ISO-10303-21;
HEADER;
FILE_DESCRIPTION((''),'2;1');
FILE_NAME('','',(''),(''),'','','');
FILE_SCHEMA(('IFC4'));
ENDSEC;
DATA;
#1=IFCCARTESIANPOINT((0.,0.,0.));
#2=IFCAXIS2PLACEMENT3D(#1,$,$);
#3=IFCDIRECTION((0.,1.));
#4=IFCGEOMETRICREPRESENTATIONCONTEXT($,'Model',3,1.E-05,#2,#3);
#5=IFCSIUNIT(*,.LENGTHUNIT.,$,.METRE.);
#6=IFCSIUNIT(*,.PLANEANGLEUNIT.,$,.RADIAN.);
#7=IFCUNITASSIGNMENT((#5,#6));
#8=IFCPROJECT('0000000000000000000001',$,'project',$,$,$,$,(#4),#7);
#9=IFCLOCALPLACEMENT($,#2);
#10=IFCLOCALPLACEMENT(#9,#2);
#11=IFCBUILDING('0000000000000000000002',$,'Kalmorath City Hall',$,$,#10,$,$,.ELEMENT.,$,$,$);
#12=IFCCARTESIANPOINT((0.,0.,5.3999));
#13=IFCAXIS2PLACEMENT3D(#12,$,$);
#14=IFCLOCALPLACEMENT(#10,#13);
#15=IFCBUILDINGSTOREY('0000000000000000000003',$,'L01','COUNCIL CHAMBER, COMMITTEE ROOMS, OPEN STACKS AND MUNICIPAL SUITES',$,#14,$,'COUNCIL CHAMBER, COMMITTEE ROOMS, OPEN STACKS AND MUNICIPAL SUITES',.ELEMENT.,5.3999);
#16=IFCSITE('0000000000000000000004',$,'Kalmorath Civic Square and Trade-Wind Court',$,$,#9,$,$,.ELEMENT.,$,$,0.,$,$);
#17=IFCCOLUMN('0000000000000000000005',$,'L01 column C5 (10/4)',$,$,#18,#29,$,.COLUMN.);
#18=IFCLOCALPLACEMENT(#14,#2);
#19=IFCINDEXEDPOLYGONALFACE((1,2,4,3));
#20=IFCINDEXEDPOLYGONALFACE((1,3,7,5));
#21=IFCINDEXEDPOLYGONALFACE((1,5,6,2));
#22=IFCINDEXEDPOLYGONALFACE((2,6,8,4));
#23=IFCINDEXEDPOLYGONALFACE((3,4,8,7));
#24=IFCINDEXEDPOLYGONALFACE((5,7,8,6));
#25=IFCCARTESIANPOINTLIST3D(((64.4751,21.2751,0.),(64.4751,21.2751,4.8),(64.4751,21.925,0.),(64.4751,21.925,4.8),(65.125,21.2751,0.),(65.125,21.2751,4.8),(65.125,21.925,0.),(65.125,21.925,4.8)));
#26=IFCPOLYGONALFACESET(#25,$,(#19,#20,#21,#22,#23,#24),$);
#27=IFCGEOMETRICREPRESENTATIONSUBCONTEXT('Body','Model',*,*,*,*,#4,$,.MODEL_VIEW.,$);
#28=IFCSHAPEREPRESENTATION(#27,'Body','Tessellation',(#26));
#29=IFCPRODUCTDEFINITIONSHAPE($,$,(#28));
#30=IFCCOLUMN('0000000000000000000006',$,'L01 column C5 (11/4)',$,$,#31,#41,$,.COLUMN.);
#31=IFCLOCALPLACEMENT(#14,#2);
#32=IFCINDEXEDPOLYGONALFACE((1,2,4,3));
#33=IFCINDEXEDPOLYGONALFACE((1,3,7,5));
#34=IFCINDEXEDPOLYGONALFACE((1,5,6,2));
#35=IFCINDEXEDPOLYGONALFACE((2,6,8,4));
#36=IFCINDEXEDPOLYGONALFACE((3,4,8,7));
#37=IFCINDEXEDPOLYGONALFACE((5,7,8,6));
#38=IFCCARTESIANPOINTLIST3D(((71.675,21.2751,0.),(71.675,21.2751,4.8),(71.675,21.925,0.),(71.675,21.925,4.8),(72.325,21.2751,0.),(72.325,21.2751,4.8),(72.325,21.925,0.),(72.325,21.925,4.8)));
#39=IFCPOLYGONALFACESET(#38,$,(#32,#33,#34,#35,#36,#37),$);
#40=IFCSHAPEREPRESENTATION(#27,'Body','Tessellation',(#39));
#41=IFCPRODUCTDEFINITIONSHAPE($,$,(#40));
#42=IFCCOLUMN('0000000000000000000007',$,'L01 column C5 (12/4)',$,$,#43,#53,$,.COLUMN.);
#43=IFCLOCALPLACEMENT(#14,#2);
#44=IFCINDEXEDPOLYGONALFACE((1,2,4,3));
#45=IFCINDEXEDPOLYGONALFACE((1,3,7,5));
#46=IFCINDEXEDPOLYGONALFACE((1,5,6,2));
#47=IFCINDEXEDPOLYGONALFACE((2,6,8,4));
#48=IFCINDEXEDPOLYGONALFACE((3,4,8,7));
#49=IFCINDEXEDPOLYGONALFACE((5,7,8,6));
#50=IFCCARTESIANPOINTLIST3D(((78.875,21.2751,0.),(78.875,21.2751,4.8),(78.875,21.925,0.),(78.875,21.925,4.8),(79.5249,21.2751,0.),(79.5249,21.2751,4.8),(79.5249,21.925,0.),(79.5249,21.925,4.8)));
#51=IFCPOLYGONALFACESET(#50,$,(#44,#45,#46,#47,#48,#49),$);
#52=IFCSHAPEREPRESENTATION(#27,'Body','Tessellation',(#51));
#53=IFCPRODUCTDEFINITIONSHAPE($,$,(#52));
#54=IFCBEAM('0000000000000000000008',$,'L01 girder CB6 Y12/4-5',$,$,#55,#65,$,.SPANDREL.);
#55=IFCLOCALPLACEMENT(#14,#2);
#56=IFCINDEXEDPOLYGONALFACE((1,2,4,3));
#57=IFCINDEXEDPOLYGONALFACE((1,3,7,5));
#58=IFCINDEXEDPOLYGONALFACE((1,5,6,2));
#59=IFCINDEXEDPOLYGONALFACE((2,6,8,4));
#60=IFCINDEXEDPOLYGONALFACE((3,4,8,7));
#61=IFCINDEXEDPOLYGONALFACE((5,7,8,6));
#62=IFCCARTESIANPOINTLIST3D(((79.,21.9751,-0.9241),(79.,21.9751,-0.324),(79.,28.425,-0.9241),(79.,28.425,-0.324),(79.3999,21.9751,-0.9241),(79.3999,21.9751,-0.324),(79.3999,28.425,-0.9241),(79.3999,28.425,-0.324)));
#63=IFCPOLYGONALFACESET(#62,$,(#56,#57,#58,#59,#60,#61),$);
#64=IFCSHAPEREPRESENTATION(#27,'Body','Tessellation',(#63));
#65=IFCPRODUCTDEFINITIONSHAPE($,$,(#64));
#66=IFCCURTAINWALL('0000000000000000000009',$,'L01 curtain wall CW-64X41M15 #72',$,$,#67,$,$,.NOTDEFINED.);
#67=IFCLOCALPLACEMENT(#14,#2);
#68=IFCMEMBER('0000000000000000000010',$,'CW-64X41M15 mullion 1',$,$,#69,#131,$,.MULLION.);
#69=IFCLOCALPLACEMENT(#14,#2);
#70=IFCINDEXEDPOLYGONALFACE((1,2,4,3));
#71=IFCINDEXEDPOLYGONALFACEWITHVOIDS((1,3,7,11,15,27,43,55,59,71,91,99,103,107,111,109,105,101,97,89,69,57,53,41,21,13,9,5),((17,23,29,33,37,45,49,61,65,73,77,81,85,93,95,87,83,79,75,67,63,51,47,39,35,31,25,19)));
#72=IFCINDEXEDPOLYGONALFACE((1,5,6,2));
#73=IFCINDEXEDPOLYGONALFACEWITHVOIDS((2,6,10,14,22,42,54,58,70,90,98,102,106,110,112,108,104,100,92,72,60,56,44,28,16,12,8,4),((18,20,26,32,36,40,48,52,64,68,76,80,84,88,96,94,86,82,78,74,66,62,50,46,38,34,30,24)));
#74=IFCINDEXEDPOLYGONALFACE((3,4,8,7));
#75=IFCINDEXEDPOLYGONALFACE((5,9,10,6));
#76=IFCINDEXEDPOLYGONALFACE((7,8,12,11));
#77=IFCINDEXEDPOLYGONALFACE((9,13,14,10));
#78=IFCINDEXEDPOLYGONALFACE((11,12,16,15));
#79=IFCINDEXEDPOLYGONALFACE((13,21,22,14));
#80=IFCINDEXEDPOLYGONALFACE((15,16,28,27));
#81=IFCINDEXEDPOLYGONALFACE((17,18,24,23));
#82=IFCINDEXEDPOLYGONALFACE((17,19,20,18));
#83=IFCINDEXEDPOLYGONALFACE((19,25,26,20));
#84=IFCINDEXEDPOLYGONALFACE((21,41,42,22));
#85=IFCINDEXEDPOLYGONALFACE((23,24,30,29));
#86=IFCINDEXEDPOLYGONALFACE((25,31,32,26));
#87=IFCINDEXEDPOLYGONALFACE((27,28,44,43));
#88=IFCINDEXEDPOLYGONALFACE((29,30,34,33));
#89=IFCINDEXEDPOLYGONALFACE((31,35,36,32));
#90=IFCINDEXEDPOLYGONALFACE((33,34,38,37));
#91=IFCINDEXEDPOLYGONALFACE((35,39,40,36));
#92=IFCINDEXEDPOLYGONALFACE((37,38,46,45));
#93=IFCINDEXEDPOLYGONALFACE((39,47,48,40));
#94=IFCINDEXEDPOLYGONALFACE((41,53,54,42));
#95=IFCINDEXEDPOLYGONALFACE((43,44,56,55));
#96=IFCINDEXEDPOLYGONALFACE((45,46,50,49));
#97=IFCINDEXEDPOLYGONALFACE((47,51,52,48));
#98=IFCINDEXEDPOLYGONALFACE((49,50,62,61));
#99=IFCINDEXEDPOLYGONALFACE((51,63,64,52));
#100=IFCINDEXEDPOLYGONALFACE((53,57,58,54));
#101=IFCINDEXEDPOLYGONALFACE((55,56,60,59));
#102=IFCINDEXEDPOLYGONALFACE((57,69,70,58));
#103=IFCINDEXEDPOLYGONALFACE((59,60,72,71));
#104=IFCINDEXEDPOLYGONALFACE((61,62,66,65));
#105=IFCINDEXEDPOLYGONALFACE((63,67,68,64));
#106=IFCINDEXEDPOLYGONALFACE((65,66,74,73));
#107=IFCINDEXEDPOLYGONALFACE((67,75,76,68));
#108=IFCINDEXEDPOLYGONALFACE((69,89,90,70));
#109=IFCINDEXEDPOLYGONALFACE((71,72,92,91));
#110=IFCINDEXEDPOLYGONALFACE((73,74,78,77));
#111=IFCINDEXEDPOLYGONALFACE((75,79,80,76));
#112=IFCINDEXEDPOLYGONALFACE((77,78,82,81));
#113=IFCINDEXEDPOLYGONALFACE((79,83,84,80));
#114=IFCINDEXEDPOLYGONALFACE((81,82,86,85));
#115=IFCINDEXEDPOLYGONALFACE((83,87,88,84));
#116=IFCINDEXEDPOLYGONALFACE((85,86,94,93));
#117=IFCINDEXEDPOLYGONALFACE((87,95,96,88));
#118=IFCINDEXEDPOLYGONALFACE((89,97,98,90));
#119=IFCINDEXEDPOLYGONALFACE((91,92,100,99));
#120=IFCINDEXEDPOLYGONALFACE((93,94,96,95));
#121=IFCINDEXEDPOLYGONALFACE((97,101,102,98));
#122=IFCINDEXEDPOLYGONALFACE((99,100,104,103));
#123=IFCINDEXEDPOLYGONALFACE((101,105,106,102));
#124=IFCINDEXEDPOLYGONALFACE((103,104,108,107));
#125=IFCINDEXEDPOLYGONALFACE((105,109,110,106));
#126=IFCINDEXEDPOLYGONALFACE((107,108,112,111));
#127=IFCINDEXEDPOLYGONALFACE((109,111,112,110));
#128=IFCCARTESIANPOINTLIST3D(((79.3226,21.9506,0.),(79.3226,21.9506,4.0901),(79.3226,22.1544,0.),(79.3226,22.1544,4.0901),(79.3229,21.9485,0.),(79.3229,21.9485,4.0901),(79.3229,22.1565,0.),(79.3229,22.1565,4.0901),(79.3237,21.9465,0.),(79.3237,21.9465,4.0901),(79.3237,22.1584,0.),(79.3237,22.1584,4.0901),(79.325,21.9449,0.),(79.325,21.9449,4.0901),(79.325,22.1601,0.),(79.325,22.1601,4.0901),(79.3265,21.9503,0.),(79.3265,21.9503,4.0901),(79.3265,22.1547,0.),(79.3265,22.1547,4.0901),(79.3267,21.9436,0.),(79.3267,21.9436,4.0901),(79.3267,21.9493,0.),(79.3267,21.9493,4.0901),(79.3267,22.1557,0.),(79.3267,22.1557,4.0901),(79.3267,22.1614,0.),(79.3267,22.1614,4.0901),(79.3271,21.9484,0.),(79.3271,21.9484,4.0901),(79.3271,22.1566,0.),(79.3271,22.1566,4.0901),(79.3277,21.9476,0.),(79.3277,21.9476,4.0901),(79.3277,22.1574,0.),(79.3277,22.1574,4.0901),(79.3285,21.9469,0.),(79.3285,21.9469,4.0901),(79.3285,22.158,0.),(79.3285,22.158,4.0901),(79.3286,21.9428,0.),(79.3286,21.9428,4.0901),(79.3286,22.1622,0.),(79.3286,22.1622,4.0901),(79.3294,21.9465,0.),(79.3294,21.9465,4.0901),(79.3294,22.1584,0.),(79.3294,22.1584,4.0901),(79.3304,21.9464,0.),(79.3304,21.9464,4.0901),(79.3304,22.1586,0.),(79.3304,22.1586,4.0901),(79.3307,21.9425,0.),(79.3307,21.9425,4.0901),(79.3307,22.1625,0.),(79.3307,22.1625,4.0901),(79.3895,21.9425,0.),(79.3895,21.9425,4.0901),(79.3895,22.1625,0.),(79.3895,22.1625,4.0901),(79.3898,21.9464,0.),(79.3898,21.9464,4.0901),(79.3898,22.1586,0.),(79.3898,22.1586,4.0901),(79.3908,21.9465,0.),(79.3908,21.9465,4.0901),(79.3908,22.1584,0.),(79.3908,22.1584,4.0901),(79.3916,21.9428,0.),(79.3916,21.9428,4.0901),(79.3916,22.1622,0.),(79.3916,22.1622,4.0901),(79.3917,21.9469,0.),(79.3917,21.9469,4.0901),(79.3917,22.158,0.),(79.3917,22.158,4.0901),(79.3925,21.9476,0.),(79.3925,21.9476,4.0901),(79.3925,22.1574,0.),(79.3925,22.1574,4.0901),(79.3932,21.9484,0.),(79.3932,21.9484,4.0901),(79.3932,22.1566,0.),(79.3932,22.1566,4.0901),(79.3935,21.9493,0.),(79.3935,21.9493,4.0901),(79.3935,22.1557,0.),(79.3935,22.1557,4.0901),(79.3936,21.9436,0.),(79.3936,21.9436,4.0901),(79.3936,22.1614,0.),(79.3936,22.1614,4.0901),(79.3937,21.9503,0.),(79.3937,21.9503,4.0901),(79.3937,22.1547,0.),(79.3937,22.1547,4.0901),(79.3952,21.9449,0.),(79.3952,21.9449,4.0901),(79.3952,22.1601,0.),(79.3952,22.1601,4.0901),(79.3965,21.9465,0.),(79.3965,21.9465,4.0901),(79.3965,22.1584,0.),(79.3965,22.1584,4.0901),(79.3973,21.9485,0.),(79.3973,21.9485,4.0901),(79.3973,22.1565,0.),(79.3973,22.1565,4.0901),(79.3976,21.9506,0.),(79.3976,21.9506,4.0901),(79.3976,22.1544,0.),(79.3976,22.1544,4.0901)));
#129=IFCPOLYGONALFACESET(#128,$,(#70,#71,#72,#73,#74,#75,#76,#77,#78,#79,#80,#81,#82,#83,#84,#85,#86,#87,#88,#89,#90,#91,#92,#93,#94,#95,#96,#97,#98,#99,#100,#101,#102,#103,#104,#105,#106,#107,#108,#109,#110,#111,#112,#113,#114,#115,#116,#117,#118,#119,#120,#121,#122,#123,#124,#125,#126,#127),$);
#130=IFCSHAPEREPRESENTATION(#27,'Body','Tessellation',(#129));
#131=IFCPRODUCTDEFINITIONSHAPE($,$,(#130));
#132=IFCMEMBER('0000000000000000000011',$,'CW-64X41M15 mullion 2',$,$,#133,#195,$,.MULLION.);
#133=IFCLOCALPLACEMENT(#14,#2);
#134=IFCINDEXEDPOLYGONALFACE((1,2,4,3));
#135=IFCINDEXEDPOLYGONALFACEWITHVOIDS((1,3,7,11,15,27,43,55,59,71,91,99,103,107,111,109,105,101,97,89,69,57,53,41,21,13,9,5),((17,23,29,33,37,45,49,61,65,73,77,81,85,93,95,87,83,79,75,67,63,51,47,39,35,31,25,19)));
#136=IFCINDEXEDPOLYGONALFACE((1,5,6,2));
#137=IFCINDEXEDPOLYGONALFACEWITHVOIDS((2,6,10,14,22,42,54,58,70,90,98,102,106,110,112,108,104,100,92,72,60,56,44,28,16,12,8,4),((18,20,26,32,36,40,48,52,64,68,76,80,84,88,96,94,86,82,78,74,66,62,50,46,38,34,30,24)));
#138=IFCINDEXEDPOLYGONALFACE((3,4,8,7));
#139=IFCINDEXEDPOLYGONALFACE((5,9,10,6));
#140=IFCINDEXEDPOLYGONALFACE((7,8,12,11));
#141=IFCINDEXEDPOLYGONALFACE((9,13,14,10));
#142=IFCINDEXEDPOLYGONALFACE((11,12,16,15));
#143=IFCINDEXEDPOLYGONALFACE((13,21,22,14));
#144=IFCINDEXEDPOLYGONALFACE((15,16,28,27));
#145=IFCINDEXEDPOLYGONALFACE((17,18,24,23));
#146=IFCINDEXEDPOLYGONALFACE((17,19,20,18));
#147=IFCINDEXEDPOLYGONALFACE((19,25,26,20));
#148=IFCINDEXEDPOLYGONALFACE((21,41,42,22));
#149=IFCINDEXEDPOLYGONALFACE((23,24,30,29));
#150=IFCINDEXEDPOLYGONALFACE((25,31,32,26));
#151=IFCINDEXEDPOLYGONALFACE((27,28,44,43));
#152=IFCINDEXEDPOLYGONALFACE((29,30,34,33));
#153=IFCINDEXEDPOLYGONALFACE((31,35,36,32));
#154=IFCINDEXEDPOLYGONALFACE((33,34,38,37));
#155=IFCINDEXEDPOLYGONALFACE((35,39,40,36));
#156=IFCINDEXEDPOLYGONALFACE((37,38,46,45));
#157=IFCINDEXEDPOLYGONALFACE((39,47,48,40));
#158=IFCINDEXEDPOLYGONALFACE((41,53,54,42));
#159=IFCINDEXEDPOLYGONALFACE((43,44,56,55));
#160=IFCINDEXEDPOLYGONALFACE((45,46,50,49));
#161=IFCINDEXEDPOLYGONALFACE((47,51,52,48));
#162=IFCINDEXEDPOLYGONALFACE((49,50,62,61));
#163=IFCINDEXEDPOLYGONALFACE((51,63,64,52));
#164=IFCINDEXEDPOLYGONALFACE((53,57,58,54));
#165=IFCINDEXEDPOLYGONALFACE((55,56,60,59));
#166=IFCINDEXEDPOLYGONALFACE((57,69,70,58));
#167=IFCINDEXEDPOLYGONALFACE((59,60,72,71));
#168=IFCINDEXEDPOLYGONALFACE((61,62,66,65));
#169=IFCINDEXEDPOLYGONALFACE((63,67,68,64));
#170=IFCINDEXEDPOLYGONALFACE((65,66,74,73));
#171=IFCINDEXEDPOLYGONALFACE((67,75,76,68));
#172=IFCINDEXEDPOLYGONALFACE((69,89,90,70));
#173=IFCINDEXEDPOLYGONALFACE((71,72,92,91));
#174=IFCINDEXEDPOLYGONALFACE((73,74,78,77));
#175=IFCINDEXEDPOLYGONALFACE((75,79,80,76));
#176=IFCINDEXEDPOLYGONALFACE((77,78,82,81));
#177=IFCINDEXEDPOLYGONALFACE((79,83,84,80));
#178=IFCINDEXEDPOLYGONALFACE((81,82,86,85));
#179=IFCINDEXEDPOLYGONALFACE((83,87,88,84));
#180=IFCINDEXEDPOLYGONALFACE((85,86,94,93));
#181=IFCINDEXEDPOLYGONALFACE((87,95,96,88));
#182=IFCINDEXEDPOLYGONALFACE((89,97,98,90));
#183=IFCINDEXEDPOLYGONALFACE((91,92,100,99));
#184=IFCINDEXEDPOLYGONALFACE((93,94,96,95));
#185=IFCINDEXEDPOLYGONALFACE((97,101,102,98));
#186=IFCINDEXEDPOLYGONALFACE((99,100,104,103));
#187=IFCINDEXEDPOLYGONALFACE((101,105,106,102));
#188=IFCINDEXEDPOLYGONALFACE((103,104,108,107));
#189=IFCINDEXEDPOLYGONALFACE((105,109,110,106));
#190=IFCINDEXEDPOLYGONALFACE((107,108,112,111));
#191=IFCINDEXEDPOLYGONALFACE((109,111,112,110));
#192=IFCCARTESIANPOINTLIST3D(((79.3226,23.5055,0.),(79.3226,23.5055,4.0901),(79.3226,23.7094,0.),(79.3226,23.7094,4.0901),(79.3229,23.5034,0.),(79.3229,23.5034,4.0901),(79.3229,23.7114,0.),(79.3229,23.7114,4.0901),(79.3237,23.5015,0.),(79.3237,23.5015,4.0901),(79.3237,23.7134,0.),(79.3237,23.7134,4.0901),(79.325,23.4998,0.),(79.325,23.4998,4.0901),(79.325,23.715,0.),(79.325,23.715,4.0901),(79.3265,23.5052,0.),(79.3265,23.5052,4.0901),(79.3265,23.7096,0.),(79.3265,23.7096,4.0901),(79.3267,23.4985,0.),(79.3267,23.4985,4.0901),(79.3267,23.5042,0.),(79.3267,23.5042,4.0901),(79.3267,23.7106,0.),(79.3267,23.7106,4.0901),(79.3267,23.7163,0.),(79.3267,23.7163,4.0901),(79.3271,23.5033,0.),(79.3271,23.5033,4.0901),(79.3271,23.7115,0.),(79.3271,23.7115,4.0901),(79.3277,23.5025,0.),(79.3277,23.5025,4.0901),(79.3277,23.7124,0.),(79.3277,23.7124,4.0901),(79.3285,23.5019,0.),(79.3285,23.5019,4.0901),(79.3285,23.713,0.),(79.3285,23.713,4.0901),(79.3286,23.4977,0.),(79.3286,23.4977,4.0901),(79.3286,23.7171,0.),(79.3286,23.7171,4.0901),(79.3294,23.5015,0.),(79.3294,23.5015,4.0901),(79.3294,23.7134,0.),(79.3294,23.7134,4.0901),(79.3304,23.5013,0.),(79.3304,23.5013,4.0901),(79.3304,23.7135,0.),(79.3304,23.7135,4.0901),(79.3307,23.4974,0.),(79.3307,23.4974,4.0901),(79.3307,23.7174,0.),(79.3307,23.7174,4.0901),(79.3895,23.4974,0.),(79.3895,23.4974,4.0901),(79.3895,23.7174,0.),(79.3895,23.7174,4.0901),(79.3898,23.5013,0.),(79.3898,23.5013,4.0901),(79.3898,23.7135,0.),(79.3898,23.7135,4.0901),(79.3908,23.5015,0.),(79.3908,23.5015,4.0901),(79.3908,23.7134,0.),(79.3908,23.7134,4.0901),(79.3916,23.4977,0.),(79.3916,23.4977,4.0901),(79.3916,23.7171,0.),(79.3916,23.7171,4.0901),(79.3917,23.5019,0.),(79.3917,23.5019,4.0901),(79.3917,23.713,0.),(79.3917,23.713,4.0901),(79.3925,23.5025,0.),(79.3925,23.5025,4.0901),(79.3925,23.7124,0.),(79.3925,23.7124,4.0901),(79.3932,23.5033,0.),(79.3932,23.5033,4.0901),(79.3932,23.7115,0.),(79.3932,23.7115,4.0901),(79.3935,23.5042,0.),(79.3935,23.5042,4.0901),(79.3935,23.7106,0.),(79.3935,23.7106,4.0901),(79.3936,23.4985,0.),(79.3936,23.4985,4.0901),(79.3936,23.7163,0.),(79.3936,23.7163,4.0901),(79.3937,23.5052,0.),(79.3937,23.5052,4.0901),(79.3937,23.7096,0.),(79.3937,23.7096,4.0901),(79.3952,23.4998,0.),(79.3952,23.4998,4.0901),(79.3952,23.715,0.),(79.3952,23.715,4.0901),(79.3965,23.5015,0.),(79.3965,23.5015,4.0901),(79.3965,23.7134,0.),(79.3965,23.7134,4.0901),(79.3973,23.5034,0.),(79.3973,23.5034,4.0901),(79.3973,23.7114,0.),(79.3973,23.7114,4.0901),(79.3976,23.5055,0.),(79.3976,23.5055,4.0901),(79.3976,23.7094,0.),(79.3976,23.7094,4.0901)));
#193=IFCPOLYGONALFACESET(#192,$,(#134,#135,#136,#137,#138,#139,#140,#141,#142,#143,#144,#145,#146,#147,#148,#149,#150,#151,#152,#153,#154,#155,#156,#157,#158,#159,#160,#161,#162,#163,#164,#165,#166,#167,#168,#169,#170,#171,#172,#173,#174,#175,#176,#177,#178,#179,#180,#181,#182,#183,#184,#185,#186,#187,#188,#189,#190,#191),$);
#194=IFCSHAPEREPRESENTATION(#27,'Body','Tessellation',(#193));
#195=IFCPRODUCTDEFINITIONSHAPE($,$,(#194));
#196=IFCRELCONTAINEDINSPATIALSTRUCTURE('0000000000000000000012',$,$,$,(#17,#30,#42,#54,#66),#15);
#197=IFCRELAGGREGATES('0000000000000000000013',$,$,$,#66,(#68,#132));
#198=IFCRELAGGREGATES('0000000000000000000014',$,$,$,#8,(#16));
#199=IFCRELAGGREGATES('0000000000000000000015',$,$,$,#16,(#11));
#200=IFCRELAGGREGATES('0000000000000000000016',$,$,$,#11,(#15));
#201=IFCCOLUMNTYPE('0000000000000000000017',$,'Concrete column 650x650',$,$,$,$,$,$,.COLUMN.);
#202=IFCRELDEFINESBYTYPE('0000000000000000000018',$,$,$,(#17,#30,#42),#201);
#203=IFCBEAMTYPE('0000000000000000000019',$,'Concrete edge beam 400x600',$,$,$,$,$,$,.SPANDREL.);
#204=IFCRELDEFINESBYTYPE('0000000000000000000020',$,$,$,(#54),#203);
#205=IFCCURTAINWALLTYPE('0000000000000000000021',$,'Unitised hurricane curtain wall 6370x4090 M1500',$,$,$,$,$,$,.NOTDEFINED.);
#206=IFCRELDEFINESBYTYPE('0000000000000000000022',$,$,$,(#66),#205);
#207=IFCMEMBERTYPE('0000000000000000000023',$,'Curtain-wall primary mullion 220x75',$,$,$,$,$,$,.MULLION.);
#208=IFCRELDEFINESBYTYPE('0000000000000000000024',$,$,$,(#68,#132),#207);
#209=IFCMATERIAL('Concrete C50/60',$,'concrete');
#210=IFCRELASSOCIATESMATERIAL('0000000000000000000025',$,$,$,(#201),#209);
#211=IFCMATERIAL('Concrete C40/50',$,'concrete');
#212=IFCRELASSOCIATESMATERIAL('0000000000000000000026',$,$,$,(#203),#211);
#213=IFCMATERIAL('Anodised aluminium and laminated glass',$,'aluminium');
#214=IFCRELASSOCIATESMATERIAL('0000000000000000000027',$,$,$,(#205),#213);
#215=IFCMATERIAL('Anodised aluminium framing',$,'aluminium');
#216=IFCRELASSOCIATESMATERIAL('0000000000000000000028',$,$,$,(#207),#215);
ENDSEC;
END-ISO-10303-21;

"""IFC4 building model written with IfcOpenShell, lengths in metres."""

from ifc_helpers import new_model, si_unit, direction, frame, origin, origin_2d, place, context, subcontext, project, spatial, rectangle, hollow_rectangle, extrude, material, material_profile, profile_set, type_object, element, aggregate, save


model = new_model("IFC4")

# Units and contexts
model_context = context("Model", 3, precision=1e-05, world=origin(), true_north=direction((0.0, 1.0)))
body_context = subcontext(model_context, "Body", "Model", "MODEL_VIEW")
ifc_project = project(units=[si_unit("LENGTHUNIT", "METRE"), si_unit("PLANEANGLEUNIT", "RADIAN")], contexts=[model_context])

# Site, building, storey
site_placement = place(None, origin())
site = spatial("IfcSite", under=ifc_project, at=site_placement, Name="Kalmorath Civic Square and Trade-Wind Court", CompositionType="ELEMENT", RefElevation=0.0)
building_placement = place(site_placement, origin())
building = spatial("IfcBuilding", under=site, at=building_placement, Name="Kalmorath City Hall", CompositionType="ELEMENT")
storey_placement = place(building_placement, frame((0.0, 0.0, 5.3999)))
storey = spatial("IfcBuildingStorey", under=building, at=storey_placement, Name="L01", Description="COUNCIL CHAMBER, COMMITTEE ROOMS, OPEN STACKS AND MUNICIPAL SUITES", LongName="COUNCIL CHAMBER, COMMITTEE ROOMS, OPEN STACKS AND MUNICIPAL SUITES", CompositionType="ELEMENT", Elevation=5.3999)

# Columns
ifc_material_1 = material(Name="Concrete C50/60", Category="concrete")
ifc_material_profile_1 = material_profile(ifc_material_1, rectangle(XDim=0.6499, YDim=0.6499, at=origin_2d()), Name="RC-COL-650X650")
ifc_profile_set_1 = profile_set([ifc_material_profile_1], Name="Concrete C50/60")
column_type = type_object("IfcColumnType", Name="Concrete column 650x650", PredefinedType="COLUMN", material=ifc_profile_set_1)
for number, where, z_axis, x_axis, name in (
    (1, (64.8, 21.6001, 0.0), (0.0, 0.0, 1.0), (1.0, 0.0, 0.0), "L01 column C5 (10/4)"),
    (2, (72.0, 21.6001, 0.0), (0.0, 0.0, 1.0), (1.0, 0.0, 0.0), "L01 column C5 (11/4)"),
    (3, (79.2, 21.6001, 0.0), (0.0, 0.0, 1.0), (1.0, 0.0, 0.0), "L01 column C5 (12/4)"),
):
    element("IfcColumn", number, at=place(storey_placement, frame(where, z_axis=z_axis, x_axis=x_axis)), inside=storey, type_object=column_type, Name=name, PredefinedType="COLUMN", context=body_context, shape_type="SweptSolid", body=[
        extrude(rectangle(XDim=0.6499, YDim=0.6499, at=origin_2d()), origin(), (0.0, 0.0, 1.0), 4.8),
    ])

# Beam
ifc_material_2 = material(Name="Concrete C40/50", Category="concrete")
ifc_material_profile_2 = material_profile(ifc_material_2, rectangle(XDim=0.3999, YDim=0.6001, at=origin_2d()), Name="RC-BM-400X600")
ifc_profile_set_2 = profile_set([ifc_material_profile_2], Name="Concrete C40/50")
beam_type_1 = type_object("IfcBeamType", Name="Concrete edge beam 400x600", PredefinedType="SPANDREL", material=ifc_profile_set_2)
beam_1_placement = place(storey_placement, frame((79.2, 21.9751, -0.624), z_axis=(0.0, 1.0, 0.0), x_axis=(-1.0, 0.0, 0.0)))
element("IfcBeam", 4, at=beam_1_placement, inside=storey, type_object=beam_type_1, Name="L01 girder CB6 Y12/4-5", PredefinedType="SPANDREL", context=body_context, shape_type="SweptSolid", body=[
    extrude(rectangle(XDim=0.3999, YDim=0.6001, at=origin_2d()), origin(), (0.0, 0.0, 1.0), 6.45),
])

# Curtain wall, members
ifc_material_3 = material(Name="Anodised aluminium and laminated glass", Category="aluminium")
curtain_wall_type = type_object("IfcCurtainWallType", Name="Unitised hurricane curtain wall 6370x4090 M1500", PredefinedType="NOTDEFINED", material=ifc_material_3)
curtain_wall_placement = place(storey_placement, origin())
curtain_wall = element("IfcCurtainWall", 5, at=curtain_wall_placement, inside=storey, type_object=curtain_wall_type, Name="L01 curtain wall CW-64X41M15 #72", PredefinedType="NOTDEFINED")
ifc_material_4 = material(Name="Anodised aluminium framing", Category="aluminium")
ifc_material_profile_3 = material_profile(ifc_material_4, hollow_rectangle(XDim=0.075, YDim=0.22, WallThickness=0.0039, InnerFilletRadius=0.0039, OuterFilletRadius=0.0081, at=origin_2d()), Name="ALU-MUL-220X75X4")
ifc_profile_set_3 = profile_set([ifc_material_profile_3], Name="Anodised aluminium framing")
member_type_1 = type_object("IfcMemberType", Name="Curtain-wall primary mullion 220x75", PredefinedType="MULLION", material=ifc_profile_set_3)
member_1_placement = place(storey_placement, frame((79.3601, 22.0525, 0.0), z_axis=(0.0, 0.0, 1.0), x_axis=(-1.0, 0.0, 0.0)))
member_1 = element("IfcMember", 6, at=member_1_placement, type_object=member_type_1, Name="CW-64X41M15 mullion 1", PredefinedType="MULLION", context=body_context, shape_type="SweptSolid", body=[
    extrude(hollow_rectangle(XDim=0.075, YDim=0.22, WallThickness=0.0039, InnerFilletRadius=0.0039, OuterFilletRadius=0.0081, at=origin_2d()), origin(), (0.0, 0.0, 1.0), 4.0901),
])
member_2_placement = place(storey_placement, frame((79.3601, 23.6074, 0.0), z_axis=(0.0, 0.0, 1.0), x_axis=(-1.0, 0.0, 0.0)))
member_2 = element("IfcMember", 7, at=member_2_placement, type_object=member_type_1, Name="CW-64X41M15 mullion 2", PredefinedType="MULLION", context=body_context, shape_type="SweptSolid", body=[
    extrude(hollow_rectangle(XDim=0.075, YDim=0.22, WallThickness=0.0039, InnerFilletRadius=0.0039, OuterFilletRadius=0.0081, at=origin_2d()), origin(), (0.0, 0.0, 1.0), 4.0901),
])

aggregate(curtain_wall, [member_1, member_2])

save(model, "model.ifc")
